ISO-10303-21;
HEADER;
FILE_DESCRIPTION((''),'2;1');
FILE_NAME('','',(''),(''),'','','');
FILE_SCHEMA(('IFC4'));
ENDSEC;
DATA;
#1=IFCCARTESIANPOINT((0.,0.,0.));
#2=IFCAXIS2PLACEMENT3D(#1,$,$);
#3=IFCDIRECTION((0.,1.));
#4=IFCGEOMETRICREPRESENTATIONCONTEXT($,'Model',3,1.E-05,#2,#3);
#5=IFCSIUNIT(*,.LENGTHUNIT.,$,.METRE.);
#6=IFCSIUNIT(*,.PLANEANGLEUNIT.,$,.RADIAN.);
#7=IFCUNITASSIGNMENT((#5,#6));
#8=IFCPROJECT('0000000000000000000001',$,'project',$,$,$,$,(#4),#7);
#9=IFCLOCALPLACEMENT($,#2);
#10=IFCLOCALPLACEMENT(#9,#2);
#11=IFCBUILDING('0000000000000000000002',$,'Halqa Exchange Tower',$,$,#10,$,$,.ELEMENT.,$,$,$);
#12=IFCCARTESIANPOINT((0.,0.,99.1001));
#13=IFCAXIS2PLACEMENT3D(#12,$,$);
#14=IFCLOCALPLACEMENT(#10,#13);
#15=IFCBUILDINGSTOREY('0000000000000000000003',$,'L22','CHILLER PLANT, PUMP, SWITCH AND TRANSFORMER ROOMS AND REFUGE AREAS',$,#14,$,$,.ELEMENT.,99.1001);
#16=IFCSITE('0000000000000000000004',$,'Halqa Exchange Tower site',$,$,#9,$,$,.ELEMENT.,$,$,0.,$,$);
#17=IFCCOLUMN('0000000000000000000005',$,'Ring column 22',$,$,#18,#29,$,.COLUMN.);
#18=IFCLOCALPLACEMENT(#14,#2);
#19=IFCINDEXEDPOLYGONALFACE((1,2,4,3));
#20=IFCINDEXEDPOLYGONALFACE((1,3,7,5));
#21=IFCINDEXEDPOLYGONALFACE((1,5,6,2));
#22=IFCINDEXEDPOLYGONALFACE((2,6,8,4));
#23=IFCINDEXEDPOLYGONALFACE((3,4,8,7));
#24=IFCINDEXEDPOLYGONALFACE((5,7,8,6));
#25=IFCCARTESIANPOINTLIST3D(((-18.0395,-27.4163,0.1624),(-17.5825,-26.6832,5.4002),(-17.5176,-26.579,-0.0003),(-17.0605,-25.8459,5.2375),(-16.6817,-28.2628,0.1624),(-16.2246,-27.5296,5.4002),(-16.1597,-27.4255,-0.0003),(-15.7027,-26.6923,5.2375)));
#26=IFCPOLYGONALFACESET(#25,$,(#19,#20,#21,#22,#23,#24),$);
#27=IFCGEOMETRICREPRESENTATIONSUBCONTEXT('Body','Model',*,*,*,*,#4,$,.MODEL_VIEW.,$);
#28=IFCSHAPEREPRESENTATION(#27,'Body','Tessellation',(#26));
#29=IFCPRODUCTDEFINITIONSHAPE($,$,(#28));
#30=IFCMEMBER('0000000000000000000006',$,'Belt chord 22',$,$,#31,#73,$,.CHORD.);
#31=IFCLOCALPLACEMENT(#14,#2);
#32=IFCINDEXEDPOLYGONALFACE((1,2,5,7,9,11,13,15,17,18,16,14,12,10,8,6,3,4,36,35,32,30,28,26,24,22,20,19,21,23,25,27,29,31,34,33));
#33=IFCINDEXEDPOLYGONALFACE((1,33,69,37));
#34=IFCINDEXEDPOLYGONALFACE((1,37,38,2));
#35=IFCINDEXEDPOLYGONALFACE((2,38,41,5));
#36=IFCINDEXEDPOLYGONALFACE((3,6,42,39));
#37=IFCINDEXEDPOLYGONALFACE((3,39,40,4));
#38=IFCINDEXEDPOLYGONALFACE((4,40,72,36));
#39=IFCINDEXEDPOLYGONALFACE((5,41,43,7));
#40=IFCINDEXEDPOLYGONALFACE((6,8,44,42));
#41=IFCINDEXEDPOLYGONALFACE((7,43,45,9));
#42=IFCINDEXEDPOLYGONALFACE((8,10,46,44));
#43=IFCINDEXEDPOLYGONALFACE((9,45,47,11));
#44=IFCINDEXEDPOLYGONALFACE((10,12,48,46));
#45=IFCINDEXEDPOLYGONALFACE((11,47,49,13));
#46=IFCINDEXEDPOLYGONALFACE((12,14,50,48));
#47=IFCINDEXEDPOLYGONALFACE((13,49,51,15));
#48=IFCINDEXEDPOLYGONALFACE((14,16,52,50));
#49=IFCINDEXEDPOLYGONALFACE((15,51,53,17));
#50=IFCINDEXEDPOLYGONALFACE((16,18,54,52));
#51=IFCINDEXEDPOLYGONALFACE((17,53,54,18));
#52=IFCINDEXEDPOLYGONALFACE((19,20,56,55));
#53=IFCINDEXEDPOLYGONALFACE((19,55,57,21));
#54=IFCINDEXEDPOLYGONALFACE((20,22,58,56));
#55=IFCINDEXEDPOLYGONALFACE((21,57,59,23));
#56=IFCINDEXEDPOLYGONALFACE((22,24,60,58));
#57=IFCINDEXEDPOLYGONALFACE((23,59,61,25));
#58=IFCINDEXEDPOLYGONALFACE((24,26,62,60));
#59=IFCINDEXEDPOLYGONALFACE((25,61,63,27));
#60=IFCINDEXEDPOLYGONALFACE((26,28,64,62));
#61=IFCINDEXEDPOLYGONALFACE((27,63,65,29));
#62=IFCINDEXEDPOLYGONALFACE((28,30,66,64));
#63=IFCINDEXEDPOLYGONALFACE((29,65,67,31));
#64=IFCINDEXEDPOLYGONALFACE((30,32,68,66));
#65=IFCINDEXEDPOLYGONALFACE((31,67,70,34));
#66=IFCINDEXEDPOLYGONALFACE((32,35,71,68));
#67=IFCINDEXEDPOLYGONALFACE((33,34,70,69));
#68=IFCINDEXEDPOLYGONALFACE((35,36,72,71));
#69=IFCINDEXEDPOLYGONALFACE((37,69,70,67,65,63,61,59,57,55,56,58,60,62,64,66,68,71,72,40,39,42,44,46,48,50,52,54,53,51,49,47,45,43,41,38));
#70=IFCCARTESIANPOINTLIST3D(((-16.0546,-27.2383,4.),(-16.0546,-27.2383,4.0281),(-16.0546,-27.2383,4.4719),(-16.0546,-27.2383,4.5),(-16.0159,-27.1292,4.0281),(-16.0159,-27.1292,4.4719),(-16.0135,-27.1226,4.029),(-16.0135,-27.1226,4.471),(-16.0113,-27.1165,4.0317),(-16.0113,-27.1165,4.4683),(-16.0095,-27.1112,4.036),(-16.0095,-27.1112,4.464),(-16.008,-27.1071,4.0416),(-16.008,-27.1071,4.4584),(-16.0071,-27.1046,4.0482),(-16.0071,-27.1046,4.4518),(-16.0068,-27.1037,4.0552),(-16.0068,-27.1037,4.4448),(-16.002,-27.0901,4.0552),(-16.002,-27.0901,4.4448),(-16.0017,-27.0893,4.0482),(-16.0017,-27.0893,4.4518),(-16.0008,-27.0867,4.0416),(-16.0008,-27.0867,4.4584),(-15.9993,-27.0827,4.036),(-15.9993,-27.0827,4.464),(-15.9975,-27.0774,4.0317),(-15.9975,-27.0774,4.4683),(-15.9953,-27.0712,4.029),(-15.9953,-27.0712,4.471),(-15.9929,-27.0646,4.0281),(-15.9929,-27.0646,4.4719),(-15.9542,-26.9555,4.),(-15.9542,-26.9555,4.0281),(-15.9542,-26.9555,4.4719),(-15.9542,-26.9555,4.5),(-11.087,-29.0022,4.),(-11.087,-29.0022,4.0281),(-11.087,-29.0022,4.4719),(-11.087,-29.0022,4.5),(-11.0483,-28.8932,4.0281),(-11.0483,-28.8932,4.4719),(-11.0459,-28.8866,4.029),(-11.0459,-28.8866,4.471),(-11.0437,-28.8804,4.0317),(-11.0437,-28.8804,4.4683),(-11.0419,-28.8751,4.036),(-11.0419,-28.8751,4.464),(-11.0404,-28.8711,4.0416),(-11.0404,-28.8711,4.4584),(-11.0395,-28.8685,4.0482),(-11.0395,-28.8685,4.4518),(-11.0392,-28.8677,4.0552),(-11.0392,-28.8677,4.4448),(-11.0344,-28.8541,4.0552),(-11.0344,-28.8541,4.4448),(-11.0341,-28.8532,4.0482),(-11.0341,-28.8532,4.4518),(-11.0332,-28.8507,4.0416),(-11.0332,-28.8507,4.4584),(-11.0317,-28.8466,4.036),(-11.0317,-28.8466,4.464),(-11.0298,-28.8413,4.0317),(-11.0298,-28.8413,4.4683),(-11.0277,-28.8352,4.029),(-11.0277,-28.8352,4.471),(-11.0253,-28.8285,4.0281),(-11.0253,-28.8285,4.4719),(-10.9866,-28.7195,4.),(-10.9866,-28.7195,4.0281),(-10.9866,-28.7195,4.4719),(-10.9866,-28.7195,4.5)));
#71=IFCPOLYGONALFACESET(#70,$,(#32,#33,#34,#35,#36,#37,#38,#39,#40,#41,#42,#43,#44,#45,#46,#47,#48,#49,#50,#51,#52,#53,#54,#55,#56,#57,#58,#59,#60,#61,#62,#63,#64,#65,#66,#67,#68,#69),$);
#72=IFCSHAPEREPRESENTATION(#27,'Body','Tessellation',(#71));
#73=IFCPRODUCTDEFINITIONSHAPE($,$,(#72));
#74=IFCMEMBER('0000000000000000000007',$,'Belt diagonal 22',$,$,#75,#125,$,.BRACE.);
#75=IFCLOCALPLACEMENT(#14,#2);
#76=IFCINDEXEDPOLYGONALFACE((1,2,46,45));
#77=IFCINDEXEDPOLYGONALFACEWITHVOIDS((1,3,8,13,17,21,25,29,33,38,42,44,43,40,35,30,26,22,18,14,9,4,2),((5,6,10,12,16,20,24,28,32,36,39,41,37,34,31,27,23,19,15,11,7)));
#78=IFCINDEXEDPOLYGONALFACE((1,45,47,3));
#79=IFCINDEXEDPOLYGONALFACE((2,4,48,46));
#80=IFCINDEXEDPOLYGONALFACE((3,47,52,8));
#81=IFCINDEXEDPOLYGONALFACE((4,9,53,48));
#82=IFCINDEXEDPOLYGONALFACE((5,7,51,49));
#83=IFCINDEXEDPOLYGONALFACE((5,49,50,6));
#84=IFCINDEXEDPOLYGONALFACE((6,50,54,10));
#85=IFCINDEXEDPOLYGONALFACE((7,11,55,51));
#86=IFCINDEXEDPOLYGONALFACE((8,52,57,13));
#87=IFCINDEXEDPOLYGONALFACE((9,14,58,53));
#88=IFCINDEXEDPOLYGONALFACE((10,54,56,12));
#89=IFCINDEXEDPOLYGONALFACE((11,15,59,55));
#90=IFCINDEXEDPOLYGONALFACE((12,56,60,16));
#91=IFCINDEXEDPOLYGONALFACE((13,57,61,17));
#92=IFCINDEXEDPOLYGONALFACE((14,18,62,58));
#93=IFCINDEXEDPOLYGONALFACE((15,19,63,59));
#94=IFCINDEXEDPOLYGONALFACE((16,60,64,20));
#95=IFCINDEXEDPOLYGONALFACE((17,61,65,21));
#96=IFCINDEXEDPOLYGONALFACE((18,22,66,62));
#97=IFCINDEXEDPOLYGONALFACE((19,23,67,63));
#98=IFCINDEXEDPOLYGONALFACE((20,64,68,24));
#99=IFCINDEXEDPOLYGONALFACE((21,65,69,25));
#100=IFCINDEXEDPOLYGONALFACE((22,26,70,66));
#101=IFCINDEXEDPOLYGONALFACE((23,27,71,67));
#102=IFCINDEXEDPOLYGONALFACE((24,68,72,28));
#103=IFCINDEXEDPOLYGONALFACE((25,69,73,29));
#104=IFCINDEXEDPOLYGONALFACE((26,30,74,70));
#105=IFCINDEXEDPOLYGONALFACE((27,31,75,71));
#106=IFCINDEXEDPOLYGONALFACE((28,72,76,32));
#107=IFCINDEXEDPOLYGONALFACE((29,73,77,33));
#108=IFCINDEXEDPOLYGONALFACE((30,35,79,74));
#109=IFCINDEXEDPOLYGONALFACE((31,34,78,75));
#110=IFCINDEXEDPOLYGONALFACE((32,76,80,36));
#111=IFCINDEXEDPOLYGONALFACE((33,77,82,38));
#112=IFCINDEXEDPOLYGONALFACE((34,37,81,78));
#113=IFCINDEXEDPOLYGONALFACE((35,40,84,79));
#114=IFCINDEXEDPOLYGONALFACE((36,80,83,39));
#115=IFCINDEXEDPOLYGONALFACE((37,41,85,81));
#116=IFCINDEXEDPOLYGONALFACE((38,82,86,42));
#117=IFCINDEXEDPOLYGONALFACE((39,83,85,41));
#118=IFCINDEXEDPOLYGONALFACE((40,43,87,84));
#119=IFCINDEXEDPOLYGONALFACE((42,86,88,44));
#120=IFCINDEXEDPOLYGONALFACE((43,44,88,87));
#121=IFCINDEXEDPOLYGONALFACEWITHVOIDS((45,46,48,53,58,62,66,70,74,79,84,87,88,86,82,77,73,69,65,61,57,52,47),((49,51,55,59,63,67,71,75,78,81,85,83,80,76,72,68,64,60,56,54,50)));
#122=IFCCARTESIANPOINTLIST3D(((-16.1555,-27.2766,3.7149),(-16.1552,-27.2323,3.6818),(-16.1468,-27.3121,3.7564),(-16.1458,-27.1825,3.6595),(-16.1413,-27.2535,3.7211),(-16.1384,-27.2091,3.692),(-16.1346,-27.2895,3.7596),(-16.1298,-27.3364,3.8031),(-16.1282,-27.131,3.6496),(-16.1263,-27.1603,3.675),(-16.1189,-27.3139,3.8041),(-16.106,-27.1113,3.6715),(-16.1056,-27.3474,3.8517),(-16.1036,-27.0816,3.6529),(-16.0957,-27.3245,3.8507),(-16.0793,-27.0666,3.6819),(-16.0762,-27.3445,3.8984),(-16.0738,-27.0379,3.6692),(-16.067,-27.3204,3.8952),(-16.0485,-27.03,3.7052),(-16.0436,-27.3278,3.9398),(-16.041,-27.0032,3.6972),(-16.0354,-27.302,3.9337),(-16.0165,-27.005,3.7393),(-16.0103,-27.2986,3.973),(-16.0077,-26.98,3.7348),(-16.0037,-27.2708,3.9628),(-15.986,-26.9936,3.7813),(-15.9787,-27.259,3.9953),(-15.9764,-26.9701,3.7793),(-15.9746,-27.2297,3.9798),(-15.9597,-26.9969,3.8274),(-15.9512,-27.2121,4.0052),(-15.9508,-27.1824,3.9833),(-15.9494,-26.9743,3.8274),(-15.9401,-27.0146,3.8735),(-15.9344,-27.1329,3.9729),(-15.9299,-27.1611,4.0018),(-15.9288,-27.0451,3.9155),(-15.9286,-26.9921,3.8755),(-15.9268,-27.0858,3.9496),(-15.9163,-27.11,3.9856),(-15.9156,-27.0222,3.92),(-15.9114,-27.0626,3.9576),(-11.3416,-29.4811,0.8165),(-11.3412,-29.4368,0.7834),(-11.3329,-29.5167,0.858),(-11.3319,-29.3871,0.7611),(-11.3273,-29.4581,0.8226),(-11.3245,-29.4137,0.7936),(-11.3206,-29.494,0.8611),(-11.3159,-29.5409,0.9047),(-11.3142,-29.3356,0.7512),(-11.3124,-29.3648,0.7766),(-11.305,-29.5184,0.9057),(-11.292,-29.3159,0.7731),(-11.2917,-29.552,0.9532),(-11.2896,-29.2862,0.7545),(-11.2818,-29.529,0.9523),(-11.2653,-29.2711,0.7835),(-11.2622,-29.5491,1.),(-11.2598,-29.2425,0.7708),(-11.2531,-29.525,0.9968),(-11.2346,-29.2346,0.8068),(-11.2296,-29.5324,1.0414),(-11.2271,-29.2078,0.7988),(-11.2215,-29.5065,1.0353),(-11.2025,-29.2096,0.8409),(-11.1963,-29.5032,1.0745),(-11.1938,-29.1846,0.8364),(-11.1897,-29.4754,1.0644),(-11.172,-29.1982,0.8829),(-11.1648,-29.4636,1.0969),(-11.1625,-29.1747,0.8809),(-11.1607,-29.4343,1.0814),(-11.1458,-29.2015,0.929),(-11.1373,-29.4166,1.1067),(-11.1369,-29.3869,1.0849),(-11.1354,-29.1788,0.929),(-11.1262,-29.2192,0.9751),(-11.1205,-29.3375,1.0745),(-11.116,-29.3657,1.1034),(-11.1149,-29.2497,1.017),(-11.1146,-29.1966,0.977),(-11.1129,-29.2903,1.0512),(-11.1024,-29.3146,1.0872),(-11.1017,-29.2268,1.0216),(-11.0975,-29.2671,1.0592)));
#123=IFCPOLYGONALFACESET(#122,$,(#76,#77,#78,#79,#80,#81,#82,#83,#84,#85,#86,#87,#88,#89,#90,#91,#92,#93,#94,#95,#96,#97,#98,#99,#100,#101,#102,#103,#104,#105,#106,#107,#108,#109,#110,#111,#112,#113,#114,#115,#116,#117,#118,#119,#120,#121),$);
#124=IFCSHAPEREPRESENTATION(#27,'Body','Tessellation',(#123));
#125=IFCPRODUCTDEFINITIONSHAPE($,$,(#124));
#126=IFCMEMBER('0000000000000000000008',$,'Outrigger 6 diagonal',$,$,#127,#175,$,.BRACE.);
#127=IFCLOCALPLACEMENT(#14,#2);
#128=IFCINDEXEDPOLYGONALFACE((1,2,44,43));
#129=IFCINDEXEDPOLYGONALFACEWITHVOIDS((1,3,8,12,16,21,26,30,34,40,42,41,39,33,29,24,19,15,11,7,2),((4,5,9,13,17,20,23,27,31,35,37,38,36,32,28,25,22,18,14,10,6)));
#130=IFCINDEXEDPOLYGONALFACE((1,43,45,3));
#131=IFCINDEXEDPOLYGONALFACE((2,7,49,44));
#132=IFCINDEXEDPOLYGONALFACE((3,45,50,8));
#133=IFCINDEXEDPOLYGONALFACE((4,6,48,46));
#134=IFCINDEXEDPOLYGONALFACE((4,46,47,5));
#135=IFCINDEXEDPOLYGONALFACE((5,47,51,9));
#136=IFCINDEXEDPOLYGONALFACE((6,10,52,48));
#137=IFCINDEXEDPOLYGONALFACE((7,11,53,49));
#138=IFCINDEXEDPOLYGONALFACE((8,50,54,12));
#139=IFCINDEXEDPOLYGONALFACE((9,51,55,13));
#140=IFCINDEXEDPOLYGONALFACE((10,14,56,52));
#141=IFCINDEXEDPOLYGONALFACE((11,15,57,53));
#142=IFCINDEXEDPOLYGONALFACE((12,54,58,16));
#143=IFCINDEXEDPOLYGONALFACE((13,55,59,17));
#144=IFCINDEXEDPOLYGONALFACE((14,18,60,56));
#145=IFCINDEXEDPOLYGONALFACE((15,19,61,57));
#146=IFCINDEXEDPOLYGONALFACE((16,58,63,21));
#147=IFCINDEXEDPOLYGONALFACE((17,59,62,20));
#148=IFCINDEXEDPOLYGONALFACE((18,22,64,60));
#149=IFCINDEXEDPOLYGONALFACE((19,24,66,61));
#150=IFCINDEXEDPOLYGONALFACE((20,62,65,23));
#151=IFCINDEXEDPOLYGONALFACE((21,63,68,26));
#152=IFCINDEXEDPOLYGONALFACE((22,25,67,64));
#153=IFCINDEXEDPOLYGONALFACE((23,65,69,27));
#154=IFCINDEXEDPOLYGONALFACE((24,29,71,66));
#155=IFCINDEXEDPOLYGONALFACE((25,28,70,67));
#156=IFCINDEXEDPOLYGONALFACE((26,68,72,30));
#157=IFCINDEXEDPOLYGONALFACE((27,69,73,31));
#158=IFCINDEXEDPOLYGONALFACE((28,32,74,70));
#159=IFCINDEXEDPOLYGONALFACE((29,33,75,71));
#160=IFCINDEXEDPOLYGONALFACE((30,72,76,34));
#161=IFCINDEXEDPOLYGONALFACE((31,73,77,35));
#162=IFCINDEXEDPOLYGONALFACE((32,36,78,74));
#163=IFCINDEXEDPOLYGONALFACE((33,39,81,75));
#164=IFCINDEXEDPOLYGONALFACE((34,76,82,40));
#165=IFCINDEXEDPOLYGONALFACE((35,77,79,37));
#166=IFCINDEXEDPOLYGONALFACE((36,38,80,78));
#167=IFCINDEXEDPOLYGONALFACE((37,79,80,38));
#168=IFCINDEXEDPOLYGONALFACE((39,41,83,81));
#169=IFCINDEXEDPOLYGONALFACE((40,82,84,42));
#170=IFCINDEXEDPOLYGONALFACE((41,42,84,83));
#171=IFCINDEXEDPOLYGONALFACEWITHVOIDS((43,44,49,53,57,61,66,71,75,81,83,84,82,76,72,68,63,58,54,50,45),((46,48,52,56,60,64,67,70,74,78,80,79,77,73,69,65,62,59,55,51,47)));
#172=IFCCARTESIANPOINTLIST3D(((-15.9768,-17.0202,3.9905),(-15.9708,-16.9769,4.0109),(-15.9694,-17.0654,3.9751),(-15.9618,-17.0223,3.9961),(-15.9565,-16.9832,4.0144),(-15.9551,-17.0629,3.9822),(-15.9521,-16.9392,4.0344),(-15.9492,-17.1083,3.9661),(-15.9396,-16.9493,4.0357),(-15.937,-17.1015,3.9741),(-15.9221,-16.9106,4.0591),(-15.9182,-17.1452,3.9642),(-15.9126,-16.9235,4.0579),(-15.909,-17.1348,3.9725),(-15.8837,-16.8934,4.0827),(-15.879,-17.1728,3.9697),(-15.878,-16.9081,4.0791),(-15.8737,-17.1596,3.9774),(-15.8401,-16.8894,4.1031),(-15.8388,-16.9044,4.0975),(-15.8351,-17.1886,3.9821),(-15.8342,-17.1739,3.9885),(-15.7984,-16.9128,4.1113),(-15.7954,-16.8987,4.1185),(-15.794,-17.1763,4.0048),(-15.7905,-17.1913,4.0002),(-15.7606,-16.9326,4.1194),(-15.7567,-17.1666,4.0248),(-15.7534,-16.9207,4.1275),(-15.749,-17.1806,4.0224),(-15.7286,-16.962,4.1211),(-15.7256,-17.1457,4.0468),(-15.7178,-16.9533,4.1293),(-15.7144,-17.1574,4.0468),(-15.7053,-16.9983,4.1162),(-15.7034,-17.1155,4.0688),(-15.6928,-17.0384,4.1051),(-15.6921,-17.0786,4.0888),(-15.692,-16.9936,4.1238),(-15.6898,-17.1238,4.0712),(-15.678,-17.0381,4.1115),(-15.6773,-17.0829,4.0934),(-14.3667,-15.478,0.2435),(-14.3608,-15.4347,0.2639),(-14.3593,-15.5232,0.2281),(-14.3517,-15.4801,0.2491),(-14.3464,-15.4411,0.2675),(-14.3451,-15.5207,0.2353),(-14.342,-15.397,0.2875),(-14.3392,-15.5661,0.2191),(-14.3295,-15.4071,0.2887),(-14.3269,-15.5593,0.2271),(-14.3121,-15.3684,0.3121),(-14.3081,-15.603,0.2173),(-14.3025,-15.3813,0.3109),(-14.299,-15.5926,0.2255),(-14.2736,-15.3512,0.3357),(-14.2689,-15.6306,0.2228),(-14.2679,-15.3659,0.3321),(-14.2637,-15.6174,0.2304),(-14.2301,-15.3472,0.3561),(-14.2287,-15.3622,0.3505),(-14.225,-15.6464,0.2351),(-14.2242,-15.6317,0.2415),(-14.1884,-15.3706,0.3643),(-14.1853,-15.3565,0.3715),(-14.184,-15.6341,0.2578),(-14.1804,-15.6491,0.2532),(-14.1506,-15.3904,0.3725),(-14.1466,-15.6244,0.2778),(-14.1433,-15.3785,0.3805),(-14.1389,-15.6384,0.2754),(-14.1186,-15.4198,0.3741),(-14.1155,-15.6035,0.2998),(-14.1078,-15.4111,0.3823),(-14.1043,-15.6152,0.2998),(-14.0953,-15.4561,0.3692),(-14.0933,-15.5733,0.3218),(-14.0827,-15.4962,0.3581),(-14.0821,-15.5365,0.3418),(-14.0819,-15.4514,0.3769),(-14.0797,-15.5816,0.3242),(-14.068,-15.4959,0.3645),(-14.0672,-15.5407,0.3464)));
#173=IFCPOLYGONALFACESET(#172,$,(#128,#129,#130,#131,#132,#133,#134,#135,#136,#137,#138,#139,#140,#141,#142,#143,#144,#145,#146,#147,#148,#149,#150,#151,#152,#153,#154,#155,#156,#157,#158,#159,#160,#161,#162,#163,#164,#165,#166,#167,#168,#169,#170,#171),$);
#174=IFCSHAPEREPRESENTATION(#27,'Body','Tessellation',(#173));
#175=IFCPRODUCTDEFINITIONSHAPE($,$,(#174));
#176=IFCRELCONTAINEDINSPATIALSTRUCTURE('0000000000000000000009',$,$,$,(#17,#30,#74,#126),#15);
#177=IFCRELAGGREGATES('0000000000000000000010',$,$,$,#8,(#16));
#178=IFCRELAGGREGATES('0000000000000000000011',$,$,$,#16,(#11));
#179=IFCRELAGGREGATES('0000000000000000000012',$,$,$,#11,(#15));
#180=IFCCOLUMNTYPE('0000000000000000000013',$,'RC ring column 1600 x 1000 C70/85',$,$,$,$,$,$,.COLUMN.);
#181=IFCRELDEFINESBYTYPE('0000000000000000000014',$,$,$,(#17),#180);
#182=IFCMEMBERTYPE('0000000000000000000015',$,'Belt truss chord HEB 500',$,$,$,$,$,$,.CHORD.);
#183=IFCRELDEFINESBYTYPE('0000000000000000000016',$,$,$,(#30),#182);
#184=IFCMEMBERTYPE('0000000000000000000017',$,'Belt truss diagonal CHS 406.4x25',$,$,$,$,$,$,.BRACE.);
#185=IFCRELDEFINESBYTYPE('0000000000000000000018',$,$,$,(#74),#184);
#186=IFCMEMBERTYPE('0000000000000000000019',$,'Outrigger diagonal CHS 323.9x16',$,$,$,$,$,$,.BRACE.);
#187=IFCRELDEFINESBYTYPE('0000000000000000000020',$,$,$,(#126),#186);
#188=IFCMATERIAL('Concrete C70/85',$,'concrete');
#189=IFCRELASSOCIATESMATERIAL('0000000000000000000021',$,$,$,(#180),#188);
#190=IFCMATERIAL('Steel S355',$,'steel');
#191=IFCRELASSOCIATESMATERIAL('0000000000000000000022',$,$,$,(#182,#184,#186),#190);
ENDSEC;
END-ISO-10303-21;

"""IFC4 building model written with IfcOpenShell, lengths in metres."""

from ifc_helpers import new_model, si_unit, direction, frame, origin, origin_2d, place, context, subcontext, project, spatial, rectangle, hollow_circle, i_section, extrude, material, material_profile, profile_set, type_object, element, save


model = new_model("IFC4")

# Units and contexts
model_context = context("Model", 3, precision=1e-05, world=origin(), true_north=direction((0.0, 1.0)))
body_context = subcontext(model_context, "Body", "Model", "MODEL_VIEW")
ifc_project = project(units=[si_unit("LENGTHUNIT", "METRE"), si_unit("PLANEANGLEUNIT", "RADIAN")], contexts=[model_context])

# Site, building, storey
site_placement = place(None, origin())
site = spatial("IfcSite", under=ifc_project, at=site_placement, Name="Halqa Exchange Tower site", CompositionType="ELEMENT", RefElevation=0.0)
building_placement = place(site_placement, origin())
building = spatial("IfcBuilding", under=site, at=building_placement, Name="Halqa Exchange Tower", CompositionType="ELEMENT")
storey_placement = place(building_placement, frame((0.0, 0.0, 99.1001)))
storey = spatial("IfcBuildingStorey", under=building, at=storey_placement, Name="L22", Description="CHILLER PLANT, PUMP, SWITCH AND TRANSFORMER ROOMS AND REFUGE AREAS", CompositionType="ELEMENT", Elevation=99.1001)

# Column
ifc_material_1 = material(Name="Concrete C70/85", Category="concrete")
ifc_material_profile_1 = material_profile(ifc_material_1, rectangle(XDim=1.6001, YDim=1.0, at=origin_2d()), Name="1600 x 1000")
ifc_profile_set_1 = profile_set([ifc_material_profile_1], Name="Concrete C70/85")
column_type = type_object("IfcColumnType", Name="RC ring column 1600 x 1000 C70/85", PredefinedType="COLUMN", material=ifc_profile_set_1)
column_placement = place(storey_placement, frame((-17.0996, -27.4209, 0.0811), z_axis=(0.086093, 0.138108, 0.986668), x_axis=(-0.848617, 0.529008, 0.0)))
element("IfcColumn", 1, at=column_placement, inside=storey, type_object=column_type, Name="Ring column 22", PredefinedType="COLUMN", context=body_context, shape_type="SweptSolid", body=[
    extrude(rectangle(XDim=1.6001, YDim=1.0, at=origin_2d()), origin(), (0.0, 0.0, 1.0), 5.3086),
])

# Members
ifc_material_2 = material(Name="Steel S355", Category="steel")
ifc_material_profile_2 = material_profile(ifc_material_2, i_section(OverallWidth=0.3, OverallDepth=0.5, WebThickness=0.0144, FlangeThickness=0.0281, FilletRadius=0.0271, at=origin_2d()), Name="HEB 500")
ifc_profile_set_2 = profile_set([ifc_material_profile_2], Name="Steel S355")
member_type_1 = type_object("IfcMemberType", Name="Belt truss chord HEB 500", PredefinedType="CHORD", material=ifc_profile_set_2)
member_1_placement = place(storey_placement, frame((-16.0044, -27.0969, 4.25), z_axis=(0.942353, -0.334619, 0.0), x_axis=(0.334619, 0.942353, 0.0)))
element("IfcMember", 2, at=member_1_placement, inside=storey, type_object=member_type_1, Name="Belt chord 22", PredefinedType="CHORD", context=body_context, shape_type="SweptSolid", body=[
    extrude(i_section(OverallWidth=0.3, OverallDepth=0.5, WebThickness=0.0144, FlangeThickness=0.0281, FilletRadius=0.0271, at=origin_2d()), origin(), (0.0, 0.0, 1.0), 5.2715),
])
ifc_material_profile_3 = material_profile(ifc_material_2, hollow_circle(Radius=0.2031, WallThickness=0.0249, at=origin_2d()), Name="CHS 406.4x25")
ifc_profile_set_3 = profile_set([ifc_material_profile_3], Name="Steel S355")
member_type_2 = type_object("IfcMemberType", Name="Belt truss diagonal CHS 406.4x25", PredefinedType="BRACE", material=ifc_profile_set_3)
member_2_placement = place(storey_placement, frame((-16.0339, -27.1589, 3.8274), z_axis=(0.797519, -0.36523, -0.480178), x_axis=(0.416372, 0.909194, 0.0)))
element("IfcMember", 3, at=member_2_placement, inside=storey, type_object=member_type_2, Name="Belt diagonal 22", PredefinedType="BRACE", context=body_context, shape_type="SweptSolid", body=[
    extrude(hollow_circle(Radius=0.2031, WallThickness=0.0249, at=origin_2d()), origin(), (0.0, 0.0, 1.0), 6.0361),
])
ifc_material_profile_4 = material_profile(ifc_material_2, hollow_circle(Radius=0.1619, WallThickness=0.0161, at=origin_2d()), Name="CHS 323.9x16")
ifc_profile_set_4 = profile_set([ifc_material_profile_4], Name="Steel S355")
member_type_3 = type_object("IfcMemberType", Name="Outrigger diagonal CHS 323.9x16", PredefinedType="BRACE", material=ifc_profile_set_4)
member_3_placement = place(storey_placement, frame((-14.2163, -15.4983, 0.2998), z_axis=(-0.369272, -0.353706, 0.859377), x_axis=(0.691722, -0.722164, 0.0)))
element("IfcMember", 4, at=member_3_placement, inside=storey, type_object=member_type_3, Name="Outrigger 6 diagonal", PredefinedType="BRACE", context=body_context, shape_type="SweptSolid", body=[
    extrude(hollow_circle(Radius=0.1619, WallThickness=0.0161, at=origin_2d()), origin(), (0.0, 0.0, 1.0), 4.3601),
])

save(model, "model.ifc")
